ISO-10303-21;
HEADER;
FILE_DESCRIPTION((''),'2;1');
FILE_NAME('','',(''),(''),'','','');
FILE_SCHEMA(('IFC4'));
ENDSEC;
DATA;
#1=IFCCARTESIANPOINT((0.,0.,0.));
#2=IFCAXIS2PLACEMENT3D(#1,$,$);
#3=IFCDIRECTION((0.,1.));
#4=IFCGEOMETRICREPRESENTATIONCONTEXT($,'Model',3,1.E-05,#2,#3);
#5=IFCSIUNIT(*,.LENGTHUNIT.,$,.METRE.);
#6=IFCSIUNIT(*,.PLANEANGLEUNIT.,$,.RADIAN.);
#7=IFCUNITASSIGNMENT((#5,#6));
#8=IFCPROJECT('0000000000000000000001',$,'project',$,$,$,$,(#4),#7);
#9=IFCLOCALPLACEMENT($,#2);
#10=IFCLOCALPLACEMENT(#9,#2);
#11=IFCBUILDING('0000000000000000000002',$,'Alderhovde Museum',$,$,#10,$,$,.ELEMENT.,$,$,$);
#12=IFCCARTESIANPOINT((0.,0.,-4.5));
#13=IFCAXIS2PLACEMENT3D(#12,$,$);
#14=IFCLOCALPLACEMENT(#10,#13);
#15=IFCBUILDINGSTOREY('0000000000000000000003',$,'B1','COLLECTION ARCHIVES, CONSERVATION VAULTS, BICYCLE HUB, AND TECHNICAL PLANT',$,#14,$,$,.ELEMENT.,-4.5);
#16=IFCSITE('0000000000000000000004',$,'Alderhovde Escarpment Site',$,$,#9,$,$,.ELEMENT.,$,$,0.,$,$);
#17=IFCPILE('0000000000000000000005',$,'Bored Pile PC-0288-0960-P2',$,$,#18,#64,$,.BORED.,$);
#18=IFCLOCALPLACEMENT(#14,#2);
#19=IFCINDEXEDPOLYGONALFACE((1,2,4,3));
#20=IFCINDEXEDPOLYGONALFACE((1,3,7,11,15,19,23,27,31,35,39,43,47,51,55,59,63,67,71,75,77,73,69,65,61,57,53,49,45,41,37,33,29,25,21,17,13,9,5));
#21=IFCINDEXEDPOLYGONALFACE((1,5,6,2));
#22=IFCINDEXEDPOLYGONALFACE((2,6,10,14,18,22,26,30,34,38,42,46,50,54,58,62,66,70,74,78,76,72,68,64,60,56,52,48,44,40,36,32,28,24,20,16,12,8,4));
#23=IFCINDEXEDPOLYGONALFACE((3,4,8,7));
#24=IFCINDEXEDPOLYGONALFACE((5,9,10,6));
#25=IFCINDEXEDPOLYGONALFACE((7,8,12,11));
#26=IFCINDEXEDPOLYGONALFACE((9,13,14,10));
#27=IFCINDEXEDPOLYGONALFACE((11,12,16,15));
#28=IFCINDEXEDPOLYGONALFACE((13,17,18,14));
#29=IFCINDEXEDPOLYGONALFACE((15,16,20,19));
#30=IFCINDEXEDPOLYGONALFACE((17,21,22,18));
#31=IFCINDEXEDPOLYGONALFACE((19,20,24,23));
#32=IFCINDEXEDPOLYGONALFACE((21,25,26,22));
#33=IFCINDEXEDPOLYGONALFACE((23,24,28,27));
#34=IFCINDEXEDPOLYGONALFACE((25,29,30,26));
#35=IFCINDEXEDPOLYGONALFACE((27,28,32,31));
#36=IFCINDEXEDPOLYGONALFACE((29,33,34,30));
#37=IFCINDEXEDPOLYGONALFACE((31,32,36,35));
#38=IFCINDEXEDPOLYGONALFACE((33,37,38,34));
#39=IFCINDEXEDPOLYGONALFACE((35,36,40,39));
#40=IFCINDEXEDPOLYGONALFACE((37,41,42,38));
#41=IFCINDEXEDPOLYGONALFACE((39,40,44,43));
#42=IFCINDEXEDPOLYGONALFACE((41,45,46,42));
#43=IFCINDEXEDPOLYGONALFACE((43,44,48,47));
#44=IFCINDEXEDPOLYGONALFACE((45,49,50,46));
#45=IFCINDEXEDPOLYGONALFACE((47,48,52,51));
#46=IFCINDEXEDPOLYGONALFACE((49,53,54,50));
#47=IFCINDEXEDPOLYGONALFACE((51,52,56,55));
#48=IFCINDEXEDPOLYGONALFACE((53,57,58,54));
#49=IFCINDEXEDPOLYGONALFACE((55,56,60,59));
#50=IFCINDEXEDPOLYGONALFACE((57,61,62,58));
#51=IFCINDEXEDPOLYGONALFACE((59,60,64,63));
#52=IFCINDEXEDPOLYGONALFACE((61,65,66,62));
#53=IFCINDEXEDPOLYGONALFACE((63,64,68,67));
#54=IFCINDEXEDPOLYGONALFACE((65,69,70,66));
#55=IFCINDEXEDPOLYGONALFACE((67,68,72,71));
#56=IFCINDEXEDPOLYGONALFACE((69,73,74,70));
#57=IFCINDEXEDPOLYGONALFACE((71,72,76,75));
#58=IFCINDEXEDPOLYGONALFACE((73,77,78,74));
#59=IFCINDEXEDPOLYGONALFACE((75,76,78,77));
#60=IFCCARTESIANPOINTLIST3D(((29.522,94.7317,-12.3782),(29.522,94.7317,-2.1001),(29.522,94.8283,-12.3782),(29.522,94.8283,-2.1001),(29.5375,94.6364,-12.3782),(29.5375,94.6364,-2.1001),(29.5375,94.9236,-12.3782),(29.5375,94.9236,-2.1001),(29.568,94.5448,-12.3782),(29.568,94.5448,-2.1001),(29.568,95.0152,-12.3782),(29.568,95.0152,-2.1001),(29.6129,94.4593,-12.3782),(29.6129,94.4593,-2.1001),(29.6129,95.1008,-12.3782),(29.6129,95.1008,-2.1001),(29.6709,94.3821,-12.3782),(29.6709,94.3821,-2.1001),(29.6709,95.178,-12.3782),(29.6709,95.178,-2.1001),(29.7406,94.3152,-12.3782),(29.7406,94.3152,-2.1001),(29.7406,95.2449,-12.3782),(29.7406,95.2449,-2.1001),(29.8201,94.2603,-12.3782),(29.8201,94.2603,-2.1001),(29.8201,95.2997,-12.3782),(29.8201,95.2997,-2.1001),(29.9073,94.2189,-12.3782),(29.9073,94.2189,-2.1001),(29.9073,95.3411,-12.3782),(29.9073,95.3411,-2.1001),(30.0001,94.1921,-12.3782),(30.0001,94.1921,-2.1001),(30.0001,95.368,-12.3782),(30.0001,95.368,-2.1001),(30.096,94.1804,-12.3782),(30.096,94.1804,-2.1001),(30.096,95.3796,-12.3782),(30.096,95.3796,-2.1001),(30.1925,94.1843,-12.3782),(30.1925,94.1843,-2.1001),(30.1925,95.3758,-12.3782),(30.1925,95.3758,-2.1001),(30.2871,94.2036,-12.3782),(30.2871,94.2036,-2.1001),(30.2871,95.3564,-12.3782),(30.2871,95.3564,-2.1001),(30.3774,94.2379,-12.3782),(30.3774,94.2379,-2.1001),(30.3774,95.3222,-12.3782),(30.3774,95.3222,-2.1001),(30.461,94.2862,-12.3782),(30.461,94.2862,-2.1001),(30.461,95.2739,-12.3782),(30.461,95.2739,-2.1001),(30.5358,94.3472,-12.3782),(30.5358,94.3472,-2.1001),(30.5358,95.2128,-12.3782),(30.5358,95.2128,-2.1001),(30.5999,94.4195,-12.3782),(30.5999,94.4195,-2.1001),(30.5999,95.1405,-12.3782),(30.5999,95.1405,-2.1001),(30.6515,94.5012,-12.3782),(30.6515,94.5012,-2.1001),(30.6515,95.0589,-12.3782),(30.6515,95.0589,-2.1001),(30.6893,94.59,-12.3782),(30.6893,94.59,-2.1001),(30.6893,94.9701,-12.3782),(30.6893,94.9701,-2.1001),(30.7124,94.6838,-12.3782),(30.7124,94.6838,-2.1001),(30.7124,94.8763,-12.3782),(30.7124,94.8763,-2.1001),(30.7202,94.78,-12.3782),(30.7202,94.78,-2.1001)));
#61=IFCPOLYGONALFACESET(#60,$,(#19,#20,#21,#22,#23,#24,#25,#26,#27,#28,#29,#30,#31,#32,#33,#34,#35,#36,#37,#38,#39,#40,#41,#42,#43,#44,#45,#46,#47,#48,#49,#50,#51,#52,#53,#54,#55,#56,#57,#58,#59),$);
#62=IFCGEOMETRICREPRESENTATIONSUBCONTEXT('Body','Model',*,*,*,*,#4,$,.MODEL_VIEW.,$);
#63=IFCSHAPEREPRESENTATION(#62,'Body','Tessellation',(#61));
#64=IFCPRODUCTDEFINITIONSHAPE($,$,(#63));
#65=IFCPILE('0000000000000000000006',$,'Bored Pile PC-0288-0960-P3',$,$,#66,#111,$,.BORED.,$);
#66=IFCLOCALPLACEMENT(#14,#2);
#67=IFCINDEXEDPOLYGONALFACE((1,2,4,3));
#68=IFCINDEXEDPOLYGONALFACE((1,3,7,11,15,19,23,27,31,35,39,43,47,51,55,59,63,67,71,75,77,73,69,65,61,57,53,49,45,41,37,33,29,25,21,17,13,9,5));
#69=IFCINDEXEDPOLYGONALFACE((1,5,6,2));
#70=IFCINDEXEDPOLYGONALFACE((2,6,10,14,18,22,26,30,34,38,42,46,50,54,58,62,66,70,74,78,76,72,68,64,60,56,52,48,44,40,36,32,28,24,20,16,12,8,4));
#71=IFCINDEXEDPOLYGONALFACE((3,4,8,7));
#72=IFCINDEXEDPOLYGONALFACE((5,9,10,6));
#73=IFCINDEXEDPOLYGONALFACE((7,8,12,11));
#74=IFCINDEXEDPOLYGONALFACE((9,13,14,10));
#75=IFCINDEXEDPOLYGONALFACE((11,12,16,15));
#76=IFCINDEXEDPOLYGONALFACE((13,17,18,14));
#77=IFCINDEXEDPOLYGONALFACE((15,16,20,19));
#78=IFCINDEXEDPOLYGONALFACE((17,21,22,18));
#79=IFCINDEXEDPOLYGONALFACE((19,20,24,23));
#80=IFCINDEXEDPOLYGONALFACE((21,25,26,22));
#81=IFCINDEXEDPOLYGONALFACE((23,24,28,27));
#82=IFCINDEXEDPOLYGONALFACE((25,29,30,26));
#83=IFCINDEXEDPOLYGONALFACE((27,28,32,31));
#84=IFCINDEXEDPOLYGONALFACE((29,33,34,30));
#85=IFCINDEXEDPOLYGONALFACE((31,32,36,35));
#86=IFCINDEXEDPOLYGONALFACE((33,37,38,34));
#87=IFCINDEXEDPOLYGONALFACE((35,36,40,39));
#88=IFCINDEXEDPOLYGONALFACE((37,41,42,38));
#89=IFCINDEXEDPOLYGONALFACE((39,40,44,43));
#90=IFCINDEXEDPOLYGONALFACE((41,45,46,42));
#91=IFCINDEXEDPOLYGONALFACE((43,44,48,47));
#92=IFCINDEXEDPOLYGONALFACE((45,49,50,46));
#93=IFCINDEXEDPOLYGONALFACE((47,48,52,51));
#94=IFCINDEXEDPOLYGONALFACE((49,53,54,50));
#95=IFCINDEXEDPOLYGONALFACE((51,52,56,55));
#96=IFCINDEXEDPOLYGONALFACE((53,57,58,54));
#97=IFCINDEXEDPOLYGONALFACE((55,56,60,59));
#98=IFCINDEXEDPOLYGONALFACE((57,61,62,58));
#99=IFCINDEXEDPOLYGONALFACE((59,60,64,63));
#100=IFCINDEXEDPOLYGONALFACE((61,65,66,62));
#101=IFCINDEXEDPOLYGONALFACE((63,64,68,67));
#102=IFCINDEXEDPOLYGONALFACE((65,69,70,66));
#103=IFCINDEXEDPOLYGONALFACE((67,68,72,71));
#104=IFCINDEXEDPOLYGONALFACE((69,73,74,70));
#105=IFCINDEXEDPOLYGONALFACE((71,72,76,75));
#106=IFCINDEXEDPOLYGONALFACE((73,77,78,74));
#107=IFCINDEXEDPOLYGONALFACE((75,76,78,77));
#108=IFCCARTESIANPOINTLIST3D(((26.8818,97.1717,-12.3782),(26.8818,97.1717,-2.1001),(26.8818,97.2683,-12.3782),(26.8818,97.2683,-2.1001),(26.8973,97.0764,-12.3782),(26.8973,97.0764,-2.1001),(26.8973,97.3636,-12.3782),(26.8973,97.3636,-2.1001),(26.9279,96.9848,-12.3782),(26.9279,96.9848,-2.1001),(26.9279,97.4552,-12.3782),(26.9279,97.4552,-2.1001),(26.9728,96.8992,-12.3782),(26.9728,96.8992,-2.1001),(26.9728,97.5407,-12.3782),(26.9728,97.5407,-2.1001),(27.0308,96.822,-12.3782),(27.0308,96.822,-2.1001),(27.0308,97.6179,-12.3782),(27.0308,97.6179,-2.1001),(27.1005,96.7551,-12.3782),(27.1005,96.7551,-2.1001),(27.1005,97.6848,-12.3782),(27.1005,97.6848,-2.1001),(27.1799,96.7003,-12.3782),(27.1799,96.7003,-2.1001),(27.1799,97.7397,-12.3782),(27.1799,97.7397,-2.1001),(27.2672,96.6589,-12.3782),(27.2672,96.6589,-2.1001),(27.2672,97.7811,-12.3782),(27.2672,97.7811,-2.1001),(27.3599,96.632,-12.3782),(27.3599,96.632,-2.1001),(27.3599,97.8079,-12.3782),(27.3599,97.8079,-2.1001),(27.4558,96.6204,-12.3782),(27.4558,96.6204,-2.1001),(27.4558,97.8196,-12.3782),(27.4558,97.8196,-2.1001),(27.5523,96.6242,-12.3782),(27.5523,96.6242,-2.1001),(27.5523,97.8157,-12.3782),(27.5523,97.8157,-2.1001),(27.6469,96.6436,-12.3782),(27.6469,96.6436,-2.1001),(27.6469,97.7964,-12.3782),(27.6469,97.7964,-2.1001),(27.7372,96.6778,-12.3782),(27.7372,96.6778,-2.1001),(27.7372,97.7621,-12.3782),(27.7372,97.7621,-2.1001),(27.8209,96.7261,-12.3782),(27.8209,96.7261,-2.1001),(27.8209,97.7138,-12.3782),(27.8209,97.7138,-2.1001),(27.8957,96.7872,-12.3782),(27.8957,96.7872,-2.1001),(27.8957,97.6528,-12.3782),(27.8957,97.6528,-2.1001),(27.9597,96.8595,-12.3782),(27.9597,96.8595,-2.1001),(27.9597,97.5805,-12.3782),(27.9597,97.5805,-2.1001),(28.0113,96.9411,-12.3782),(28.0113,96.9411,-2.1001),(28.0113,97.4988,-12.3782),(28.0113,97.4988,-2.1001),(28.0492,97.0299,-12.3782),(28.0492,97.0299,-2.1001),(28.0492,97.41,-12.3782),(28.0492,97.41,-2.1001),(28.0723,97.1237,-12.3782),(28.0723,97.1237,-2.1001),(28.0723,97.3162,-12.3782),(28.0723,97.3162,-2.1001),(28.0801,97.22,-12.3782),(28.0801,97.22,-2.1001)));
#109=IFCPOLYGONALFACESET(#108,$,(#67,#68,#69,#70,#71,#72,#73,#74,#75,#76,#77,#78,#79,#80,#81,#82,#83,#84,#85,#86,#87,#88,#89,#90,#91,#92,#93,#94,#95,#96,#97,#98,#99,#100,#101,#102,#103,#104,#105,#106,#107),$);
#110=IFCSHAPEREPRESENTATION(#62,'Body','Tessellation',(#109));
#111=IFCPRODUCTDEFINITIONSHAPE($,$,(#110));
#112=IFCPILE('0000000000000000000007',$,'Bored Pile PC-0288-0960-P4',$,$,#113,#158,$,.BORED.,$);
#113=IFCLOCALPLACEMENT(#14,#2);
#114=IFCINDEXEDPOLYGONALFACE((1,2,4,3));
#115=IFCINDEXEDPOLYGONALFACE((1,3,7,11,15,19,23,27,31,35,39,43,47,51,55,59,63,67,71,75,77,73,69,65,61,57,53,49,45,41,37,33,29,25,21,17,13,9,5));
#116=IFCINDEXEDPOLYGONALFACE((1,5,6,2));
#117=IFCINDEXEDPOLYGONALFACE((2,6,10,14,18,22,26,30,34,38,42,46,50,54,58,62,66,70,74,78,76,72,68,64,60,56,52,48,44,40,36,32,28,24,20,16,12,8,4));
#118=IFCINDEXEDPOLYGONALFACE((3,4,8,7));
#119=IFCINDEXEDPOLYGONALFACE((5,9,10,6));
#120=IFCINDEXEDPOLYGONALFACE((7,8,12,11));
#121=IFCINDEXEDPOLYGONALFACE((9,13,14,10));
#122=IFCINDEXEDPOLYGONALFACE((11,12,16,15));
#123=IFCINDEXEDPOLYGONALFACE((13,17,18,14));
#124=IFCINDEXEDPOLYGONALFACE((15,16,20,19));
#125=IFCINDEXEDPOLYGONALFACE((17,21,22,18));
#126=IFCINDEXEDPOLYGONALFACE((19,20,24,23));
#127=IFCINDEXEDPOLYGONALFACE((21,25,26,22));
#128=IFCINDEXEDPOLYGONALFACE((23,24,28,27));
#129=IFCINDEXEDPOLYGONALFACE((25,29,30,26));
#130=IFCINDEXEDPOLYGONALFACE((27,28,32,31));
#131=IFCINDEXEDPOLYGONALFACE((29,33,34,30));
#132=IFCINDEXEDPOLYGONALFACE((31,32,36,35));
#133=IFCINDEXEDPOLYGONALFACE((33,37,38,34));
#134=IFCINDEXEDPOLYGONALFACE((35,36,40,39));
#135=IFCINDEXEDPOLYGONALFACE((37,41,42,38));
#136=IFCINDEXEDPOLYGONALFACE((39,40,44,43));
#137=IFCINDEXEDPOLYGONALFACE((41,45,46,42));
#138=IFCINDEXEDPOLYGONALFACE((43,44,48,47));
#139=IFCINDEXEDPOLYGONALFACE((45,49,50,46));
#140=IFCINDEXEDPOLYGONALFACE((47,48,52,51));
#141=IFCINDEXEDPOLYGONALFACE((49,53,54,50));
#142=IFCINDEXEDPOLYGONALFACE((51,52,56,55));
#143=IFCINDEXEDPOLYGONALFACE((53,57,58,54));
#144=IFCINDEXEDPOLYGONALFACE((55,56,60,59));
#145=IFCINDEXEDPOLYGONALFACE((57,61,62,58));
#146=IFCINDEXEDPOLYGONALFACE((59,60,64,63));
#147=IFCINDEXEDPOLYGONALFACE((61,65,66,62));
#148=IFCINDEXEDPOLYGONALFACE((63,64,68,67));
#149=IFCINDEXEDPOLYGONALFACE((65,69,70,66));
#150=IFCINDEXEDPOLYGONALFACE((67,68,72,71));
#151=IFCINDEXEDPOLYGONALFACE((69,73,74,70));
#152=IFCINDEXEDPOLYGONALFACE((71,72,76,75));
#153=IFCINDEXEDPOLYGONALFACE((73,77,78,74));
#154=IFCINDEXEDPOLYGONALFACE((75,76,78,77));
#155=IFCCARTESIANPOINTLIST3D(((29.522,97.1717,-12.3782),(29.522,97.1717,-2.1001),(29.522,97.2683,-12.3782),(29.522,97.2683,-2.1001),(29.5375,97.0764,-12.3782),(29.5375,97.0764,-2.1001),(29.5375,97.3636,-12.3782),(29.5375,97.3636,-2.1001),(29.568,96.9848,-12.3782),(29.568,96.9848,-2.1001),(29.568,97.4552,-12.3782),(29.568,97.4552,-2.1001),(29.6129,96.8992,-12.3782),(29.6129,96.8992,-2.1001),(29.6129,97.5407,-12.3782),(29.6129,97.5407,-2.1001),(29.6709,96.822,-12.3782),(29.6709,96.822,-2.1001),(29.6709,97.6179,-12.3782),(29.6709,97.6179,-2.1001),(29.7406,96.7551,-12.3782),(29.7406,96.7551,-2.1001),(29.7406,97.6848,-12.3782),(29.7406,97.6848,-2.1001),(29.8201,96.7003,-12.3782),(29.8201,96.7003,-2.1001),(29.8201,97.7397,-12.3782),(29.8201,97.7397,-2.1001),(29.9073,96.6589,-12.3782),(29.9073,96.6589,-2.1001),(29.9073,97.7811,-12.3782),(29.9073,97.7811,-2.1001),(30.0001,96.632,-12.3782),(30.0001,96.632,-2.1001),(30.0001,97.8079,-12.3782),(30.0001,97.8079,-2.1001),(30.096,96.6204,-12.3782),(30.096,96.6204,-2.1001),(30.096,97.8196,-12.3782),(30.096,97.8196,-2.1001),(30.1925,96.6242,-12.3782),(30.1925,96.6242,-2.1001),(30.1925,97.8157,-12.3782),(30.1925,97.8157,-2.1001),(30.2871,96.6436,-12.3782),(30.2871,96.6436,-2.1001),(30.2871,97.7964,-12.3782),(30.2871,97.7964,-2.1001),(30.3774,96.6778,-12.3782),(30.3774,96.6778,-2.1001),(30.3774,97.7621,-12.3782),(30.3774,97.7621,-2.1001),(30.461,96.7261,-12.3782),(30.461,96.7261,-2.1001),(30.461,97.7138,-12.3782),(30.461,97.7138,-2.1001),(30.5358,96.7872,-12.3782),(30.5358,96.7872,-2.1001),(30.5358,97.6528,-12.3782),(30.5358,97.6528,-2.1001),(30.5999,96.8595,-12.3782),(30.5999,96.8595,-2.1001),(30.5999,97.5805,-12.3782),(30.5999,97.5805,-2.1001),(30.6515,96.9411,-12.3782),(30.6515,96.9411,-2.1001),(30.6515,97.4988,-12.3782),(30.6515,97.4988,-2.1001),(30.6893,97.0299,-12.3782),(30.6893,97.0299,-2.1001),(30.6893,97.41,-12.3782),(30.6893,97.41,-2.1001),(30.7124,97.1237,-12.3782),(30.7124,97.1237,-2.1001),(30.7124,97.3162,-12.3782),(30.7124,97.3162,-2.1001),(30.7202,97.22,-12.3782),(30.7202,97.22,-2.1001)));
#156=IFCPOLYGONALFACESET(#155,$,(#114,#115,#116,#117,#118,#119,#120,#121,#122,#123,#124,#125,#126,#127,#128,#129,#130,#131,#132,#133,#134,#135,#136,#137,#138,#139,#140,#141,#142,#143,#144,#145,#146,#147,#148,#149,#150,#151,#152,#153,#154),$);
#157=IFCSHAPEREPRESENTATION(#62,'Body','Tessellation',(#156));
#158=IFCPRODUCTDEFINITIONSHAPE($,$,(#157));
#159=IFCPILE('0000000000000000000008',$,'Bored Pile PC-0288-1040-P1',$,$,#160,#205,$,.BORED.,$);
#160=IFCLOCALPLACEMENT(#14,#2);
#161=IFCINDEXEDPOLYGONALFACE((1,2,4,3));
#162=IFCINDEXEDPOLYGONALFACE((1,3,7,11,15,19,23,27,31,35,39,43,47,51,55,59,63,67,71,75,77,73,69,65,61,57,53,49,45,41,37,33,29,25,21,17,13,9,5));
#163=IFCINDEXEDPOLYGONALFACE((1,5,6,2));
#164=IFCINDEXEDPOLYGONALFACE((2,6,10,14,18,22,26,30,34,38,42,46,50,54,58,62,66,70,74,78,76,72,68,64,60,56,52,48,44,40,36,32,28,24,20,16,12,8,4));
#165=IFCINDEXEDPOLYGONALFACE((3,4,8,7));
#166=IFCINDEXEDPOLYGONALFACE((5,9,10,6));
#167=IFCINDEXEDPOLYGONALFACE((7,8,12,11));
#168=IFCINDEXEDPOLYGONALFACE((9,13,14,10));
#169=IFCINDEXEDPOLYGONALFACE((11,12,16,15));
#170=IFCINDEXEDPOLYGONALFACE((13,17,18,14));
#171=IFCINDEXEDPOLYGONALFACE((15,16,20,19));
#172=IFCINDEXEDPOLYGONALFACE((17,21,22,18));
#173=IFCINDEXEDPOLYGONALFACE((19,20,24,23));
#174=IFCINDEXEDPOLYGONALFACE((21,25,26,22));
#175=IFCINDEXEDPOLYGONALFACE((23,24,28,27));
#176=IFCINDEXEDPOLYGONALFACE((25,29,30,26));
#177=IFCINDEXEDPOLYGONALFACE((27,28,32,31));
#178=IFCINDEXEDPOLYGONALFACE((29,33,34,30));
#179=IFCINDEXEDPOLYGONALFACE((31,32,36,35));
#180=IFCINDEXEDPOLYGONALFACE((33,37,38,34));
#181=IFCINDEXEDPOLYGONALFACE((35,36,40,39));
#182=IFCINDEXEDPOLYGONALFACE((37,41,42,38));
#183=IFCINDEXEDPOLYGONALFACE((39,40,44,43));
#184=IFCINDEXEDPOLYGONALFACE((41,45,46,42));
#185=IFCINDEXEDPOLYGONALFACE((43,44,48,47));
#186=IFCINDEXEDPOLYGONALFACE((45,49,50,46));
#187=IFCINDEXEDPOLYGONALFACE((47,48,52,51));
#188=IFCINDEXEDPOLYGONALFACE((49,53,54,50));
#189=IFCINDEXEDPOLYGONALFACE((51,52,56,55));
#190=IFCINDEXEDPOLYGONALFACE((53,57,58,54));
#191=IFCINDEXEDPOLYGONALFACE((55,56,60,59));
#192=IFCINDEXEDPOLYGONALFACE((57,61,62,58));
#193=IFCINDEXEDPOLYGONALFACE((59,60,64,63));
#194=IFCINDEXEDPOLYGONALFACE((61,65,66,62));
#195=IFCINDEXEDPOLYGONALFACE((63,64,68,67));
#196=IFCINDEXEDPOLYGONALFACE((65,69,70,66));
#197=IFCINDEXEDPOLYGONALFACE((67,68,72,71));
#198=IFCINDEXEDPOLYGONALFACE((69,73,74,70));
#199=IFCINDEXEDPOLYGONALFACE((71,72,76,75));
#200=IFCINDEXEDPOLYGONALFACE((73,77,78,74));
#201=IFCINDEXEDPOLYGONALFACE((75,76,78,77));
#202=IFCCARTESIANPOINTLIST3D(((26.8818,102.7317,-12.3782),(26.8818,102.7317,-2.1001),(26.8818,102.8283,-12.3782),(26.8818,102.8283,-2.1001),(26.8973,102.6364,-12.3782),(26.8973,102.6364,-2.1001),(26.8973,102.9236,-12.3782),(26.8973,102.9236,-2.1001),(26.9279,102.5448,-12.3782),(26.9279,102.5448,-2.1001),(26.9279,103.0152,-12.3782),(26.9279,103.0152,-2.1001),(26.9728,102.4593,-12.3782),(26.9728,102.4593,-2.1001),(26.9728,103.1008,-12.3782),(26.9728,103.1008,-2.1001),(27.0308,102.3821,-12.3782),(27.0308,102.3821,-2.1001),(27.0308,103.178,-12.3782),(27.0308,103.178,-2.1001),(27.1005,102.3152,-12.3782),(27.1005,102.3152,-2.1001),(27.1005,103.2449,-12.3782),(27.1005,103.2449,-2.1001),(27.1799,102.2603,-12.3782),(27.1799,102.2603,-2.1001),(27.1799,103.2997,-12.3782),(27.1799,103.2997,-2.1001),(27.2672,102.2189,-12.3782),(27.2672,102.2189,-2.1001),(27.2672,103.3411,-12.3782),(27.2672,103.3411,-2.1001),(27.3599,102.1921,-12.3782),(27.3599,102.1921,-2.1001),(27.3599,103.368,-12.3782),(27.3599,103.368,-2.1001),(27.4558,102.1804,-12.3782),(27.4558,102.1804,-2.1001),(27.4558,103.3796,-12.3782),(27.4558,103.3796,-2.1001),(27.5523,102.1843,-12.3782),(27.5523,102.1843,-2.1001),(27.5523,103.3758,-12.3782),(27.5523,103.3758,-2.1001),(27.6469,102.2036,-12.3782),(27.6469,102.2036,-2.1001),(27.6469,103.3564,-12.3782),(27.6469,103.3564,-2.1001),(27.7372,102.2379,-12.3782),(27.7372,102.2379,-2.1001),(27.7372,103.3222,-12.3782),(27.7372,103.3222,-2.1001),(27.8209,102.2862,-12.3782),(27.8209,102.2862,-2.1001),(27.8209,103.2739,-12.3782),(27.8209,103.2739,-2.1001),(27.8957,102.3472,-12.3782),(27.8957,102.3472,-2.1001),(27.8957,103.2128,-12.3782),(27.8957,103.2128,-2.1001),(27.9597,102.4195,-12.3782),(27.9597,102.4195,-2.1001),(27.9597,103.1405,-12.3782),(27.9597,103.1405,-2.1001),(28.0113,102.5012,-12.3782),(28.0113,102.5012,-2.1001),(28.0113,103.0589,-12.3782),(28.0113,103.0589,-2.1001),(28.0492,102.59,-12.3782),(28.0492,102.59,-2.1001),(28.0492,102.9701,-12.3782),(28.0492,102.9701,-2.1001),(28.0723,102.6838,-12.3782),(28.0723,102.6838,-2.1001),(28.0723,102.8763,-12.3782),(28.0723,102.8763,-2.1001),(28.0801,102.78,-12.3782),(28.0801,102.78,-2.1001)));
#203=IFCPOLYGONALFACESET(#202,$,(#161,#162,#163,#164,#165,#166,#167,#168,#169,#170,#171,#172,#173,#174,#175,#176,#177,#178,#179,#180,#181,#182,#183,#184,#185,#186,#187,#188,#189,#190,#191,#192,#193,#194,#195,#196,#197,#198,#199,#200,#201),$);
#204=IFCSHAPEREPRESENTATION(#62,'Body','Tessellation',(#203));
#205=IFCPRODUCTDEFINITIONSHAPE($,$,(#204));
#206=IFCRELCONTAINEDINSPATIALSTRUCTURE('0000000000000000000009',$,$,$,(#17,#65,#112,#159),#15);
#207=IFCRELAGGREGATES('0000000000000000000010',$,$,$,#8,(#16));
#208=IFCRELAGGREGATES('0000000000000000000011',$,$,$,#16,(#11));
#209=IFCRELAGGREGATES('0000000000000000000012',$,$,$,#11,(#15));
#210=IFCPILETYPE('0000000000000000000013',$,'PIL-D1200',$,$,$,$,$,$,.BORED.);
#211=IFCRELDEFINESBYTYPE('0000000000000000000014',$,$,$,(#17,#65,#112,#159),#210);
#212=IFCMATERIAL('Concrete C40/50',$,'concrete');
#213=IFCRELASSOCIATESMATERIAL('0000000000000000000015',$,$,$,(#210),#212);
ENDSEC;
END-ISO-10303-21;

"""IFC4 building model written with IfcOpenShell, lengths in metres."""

from ifc_helpers import new_model, si_unit, direction, frame, origin, origin_2d, place, context, subcontext, project, spatial, circle, extrude, material, material_profile, profile_set, type_object, element, save


model = new_model("IFC4")

# Units and contexts
model_context = context("Model", 3, precision=1e-05, world=origin(), true_north=direction((0.0, 1.0)))
body_context = subcontext(model_context, "Body", "Model", "MODEL_VIEW")
ifc_project = project(units=[si_unit("LENGTHUNIT", "METRE"), si_unit("PLANEANGLEUNIT", "RADIAN")], contexts=[model_context])

# Site, building, storey
site_placement = place(None, origin())
site = spatial("IfcSite", under=ifc_project, at=site_placement, Name="Alderhovde Escarpment Site", CompositionType="ELEMENT", RefElevation=0.0)
building_placement = place(site_placement, origin())
building = spatial("IfcBuilding", under=site, at=building_placement, Name="Alderhovde Museum", CompositionType="ELEMENT")
storey_placement = place(building_placement, frame((0.0, 0.0, -4.5)))
storey = spatial("IfcBuildingStorey", under=building, at=storey_placement, Name="B1", Description="COLLECTION ARCHIVES, CONSERVATION VAULTS, BICYCLE HUB, AND TECHNICAL PLANT", CompositionType="ELEMENT", Elevation=-4.5)

# Piles
ifc_material_1 = material(Name="Concrete C40/50", Category="concrete")
ifc_material_profile_1 = material_profile(ifc_material_1, circle(Radius=0.6001, at=origin_2d()), Name="PILE-D1200")
ifc_profile_set_1 = profile_set([ifc_material_profile_1], Name="Concrete C40/50")
pile_type = type_object("IfcPileType", Name="PIL-D1200", PredefinedType="BORED", material=ifc_profile_set_1)
for number, where, z_axis, x_axis, name in (
    (1, (30.1201, 94.78, -2.1001), (0.0, 0.0, -1.0), (1.0, 0.0, 0.0), "Bored Pile PC-0288-0960-P2"),
    (2, (27.48, 97.22, -2.1001), (0.0, 0.0, -1.0), (1.0, 0.0, 0.0), "Bored Pile PC-0288-0960-P3"),
    (3, (30.1201, 97.22, -2.1001), (0.0, 0.0, -1.0), (1.0, 0.0, 0.0), "Bored Pile PC-0288-0960-P4"),
    (4, (27.48, 102.78, -2.1001), (0.0, 0.0, -1.0), (1.0, 0.0, 0.0), "Bored Pile PC-0288-1040-P1"),
):
    element("IfcPile", number, at=place(storey_placement, frame(where, z_axis=z_axis, x_axis=x_axis)), inside=storey, type_object=pile_type, Name=name, PredefinedType="BORED", context=body_context, shape_type="SweptSolid", body=[
        extrude(circle(Radius=0.6001, at=origin_2d()), origin(), (0.0, 0.0, 1.0), 10.2781),
    ])

save(model, "model.ifc")
